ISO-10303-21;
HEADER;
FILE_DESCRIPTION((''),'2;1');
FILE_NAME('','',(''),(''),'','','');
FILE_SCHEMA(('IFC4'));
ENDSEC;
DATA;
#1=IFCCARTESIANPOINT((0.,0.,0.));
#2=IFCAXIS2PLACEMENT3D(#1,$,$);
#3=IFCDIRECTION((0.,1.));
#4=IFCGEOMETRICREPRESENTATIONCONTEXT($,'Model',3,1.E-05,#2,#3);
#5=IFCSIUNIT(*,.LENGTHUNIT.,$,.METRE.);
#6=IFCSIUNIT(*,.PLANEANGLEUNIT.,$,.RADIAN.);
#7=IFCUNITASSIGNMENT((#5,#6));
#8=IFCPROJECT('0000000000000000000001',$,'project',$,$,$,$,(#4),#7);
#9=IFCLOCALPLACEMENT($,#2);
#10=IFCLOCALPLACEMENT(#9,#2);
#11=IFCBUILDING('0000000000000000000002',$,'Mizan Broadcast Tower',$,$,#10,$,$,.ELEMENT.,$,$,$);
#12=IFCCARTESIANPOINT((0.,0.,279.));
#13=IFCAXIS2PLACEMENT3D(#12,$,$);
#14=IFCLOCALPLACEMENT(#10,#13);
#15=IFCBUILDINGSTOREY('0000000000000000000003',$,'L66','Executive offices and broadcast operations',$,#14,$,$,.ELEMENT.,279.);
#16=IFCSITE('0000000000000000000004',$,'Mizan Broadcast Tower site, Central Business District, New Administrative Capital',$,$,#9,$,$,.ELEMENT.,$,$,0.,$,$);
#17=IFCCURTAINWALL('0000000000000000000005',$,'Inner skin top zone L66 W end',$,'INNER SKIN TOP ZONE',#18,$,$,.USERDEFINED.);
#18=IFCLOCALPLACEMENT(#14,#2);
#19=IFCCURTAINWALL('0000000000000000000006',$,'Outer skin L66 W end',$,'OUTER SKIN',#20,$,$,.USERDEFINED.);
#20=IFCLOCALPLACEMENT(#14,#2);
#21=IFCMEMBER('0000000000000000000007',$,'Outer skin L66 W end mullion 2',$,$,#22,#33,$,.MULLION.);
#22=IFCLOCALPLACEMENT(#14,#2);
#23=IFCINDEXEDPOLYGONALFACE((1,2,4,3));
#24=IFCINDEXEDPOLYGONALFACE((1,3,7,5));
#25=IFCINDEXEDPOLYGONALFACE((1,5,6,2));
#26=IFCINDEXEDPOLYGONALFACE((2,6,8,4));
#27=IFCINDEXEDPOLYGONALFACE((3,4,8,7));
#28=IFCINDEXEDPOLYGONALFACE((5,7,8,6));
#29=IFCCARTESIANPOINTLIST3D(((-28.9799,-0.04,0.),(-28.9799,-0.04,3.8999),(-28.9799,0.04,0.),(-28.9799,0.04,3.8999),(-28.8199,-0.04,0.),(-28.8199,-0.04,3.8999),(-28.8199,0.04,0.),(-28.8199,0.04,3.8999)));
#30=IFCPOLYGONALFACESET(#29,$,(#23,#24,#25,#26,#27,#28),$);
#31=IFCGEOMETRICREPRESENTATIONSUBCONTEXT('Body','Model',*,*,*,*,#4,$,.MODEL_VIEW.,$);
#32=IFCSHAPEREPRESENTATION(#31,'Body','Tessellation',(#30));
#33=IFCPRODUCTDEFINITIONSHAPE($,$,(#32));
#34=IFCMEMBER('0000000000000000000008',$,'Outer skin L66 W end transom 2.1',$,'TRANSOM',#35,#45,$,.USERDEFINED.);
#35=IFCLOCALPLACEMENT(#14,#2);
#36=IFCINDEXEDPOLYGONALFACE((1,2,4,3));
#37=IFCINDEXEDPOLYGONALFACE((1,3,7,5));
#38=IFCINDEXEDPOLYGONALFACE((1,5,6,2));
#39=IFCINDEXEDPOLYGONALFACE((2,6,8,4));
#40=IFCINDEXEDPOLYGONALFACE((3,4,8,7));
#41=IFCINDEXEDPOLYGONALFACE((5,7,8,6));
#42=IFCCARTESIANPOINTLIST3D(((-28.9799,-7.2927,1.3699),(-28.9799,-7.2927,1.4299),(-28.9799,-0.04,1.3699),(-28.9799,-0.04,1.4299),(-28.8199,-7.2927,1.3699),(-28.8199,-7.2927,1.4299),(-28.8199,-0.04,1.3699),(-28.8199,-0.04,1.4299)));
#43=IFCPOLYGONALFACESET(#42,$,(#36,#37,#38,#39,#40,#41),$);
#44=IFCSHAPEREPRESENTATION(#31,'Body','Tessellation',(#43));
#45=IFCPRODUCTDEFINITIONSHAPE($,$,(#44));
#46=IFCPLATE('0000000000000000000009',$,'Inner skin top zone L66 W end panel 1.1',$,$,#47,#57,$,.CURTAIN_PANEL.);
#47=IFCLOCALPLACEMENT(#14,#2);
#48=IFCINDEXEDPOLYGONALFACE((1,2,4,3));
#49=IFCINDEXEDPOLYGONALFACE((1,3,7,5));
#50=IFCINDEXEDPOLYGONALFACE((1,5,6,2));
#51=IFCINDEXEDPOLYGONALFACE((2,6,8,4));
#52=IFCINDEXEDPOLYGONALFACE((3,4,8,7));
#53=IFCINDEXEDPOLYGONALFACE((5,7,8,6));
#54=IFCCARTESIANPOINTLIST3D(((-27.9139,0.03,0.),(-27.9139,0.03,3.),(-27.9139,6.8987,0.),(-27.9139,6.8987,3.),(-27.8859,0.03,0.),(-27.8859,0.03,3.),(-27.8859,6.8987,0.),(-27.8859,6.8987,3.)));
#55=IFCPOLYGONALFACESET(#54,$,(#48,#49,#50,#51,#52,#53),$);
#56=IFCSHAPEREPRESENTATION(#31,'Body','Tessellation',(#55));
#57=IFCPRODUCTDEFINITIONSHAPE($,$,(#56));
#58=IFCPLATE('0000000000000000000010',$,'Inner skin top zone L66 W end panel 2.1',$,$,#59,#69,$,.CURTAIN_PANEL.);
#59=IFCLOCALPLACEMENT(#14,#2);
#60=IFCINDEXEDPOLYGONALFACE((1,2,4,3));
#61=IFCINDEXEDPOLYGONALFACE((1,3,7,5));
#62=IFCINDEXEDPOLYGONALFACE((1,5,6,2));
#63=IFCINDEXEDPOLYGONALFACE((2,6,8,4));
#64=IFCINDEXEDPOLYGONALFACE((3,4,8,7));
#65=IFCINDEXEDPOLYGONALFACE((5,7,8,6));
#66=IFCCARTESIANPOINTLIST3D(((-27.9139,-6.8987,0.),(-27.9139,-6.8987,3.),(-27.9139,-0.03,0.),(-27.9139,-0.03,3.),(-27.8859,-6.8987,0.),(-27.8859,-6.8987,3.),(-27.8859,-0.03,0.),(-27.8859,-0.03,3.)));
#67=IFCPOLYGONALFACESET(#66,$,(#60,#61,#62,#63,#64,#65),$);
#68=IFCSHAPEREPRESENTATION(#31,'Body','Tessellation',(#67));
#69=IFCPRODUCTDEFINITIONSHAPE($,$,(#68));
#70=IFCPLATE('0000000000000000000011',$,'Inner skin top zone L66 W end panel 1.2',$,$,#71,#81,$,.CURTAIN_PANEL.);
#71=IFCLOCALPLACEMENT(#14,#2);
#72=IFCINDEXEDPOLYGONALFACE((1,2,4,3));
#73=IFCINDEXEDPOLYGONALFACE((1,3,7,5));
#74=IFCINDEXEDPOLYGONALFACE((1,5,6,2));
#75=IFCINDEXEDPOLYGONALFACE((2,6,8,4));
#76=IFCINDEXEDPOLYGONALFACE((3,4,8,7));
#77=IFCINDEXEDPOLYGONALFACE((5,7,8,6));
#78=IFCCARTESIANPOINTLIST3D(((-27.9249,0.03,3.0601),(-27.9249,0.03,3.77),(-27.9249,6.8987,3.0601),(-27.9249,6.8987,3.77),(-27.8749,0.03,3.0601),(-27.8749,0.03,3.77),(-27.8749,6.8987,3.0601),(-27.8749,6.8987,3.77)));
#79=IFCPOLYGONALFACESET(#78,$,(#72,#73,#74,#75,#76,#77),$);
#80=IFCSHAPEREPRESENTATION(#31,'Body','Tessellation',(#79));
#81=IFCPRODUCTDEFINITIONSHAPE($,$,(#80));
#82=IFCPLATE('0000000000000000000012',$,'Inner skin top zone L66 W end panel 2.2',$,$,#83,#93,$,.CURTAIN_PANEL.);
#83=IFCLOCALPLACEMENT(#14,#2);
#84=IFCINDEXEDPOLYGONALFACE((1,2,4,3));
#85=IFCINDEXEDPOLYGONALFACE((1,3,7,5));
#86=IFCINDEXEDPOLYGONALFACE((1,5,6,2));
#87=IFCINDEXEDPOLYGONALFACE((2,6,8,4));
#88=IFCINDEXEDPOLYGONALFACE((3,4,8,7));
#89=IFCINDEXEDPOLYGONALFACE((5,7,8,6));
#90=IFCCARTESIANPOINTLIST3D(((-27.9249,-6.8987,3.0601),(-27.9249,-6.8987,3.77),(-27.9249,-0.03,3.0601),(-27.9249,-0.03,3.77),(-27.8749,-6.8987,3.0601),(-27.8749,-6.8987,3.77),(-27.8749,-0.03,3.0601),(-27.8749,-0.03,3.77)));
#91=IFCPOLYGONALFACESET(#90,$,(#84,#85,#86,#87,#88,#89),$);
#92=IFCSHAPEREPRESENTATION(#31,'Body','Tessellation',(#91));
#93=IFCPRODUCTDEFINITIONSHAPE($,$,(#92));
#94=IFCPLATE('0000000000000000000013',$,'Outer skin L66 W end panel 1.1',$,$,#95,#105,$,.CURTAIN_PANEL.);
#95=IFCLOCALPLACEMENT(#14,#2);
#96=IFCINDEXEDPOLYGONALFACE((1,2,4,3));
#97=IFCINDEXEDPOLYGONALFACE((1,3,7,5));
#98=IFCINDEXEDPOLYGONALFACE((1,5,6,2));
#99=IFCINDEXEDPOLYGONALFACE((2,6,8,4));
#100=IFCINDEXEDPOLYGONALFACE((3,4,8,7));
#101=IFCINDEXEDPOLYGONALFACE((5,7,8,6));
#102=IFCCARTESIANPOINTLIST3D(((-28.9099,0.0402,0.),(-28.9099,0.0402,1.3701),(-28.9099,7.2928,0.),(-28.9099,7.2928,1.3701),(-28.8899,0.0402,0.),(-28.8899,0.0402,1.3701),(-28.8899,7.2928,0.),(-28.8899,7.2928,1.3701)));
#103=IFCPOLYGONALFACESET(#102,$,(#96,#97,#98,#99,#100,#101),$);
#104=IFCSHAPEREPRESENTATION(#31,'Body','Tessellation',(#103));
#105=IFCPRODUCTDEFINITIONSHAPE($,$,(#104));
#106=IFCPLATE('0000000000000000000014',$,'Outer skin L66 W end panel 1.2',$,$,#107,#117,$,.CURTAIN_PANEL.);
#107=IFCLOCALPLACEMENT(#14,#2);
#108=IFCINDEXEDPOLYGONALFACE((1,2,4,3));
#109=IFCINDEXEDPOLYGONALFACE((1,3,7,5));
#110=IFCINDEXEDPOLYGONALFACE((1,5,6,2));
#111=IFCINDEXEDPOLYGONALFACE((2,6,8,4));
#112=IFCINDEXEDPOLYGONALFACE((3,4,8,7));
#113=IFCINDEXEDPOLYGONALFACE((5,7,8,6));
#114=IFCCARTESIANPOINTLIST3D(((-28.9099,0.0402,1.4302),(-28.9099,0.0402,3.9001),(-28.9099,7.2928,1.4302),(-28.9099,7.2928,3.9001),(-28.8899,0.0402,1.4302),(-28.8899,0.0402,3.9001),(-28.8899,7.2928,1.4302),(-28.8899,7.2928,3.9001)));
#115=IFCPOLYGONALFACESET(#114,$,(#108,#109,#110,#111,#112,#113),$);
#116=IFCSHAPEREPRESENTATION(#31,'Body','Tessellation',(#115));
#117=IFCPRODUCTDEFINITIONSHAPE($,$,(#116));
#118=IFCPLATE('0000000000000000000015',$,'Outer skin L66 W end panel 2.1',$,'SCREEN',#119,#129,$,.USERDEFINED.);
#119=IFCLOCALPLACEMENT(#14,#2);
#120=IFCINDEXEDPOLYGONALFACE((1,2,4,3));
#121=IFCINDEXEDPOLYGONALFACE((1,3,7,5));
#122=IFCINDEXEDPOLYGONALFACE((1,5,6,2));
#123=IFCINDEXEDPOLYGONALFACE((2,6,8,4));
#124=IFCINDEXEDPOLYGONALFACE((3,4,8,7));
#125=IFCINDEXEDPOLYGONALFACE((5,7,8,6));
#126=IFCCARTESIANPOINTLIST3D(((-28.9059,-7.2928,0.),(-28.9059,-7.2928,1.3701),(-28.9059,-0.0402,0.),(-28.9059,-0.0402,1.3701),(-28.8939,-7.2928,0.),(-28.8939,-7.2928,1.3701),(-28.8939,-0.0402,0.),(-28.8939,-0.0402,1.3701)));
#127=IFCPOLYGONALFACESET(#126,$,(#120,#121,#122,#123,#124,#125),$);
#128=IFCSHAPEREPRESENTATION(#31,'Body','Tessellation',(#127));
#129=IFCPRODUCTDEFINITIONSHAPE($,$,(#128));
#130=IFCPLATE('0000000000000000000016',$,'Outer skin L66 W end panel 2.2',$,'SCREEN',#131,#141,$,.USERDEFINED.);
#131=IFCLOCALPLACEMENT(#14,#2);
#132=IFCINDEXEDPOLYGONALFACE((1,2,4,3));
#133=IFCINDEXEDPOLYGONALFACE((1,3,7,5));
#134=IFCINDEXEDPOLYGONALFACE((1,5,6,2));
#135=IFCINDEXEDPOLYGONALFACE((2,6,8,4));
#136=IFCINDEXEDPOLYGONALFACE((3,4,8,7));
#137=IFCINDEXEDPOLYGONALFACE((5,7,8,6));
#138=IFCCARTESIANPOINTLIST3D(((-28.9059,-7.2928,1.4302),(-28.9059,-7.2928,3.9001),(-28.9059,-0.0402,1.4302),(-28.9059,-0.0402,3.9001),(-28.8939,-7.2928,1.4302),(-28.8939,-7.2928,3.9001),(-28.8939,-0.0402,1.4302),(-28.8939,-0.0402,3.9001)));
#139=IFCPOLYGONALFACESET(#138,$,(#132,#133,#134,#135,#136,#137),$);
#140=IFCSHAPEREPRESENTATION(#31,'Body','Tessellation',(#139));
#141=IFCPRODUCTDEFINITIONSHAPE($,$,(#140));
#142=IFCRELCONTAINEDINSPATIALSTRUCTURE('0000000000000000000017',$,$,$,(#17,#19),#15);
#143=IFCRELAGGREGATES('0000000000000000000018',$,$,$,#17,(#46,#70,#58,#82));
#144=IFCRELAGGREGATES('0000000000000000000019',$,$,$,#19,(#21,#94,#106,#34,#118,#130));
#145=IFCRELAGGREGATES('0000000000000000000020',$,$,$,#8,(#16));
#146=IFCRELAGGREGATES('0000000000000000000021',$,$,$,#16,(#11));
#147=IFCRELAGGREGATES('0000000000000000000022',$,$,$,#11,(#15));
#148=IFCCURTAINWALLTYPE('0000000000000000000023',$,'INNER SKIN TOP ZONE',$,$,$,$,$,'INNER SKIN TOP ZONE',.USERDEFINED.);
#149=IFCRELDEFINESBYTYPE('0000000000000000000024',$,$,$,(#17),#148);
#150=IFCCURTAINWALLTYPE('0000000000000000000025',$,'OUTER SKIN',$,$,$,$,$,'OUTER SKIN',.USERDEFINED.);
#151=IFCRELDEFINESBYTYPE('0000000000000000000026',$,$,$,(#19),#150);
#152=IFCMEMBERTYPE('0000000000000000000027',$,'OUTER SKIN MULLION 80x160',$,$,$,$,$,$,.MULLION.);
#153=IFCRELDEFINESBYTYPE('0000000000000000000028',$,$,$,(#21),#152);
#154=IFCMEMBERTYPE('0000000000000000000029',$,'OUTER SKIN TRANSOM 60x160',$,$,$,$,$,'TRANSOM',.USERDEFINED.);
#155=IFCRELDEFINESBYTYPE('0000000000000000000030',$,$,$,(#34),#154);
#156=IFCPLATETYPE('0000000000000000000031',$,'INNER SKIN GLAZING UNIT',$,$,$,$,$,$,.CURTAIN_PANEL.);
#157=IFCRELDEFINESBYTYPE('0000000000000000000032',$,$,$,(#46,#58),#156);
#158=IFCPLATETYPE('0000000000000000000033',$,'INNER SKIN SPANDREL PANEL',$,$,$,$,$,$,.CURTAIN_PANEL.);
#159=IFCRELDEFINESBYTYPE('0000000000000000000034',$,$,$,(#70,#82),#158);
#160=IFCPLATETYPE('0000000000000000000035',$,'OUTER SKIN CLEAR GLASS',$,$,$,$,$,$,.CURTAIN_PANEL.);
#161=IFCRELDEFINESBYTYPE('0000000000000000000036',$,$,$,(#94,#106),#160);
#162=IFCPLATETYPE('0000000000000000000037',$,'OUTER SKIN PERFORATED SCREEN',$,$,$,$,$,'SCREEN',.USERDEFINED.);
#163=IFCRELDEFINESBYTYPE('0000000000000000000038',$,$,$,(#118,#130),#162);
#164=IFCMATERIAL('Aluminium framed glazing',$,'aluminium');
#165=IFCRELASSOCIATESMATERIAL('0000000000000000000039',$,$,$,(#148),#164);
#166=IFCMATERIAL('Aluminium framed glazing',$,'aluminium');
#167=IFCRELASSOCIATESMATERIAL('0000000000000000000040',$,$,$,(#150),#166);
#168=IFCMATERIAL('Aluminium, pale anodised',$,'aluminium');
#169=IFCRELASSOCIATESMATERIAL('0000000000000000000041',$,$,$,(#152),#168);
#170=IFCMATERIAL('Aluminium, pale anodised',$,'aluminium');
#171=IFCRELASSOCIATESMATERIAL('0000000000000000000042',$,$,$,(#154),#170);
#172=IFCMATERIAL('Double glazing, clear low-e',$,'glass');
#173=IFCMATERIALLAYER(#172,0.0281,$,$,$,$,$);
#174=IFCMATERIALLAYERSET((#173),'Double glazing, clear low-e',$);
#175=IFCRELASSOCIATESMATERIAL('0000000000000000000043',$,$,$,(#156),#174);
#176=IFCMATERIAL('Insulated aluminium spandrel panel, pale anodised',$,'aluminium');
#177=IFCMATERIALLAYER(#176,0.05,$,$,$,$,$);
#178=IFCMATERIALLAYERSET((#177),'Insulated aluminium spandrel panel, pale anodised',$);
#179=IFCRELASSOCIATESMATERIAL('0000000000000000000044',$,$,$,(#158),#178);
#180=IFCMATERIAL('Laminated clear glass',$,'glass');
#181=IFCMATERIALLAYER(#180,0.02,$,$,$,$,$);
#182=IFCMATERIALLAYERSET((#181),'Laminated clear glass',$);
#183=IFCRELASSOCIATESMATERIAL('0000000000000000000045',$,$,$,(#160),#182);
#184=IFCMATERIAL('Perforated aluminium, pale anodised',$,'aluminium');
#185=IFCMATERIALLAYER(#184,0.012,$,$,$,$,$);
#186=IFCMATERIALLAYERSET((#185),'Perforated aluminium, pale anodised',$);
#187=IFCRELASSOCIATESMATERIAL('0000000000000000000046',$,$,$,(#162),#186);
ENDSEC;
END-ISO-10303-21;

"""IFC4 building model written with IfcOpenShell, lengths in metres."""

from ifc_helpers import new_model, si_unit, direction, frame, origin, origin_2d, place, context, subcontext, project, spatial, rectangle, extrude, material, layer, layer_set, material_profile, profile_set, type_object, element, aggregate, save


model = new_model("IFC4")

# Units and contexts
model_context = context("Model", 3, precision=1e-05, world=origin(), true_north=direction((0.0, 1.0)))
body_context = subcontext(model_context, "Body", "Model", "MODEL_VIEW")
ifc_project = project(units=[si_unit("LENGTHUNIT", "METRE"), si_unit("PLANEANGLEUNIT", "RADIAN")], contexts=[model_context])

# Site, building, storey
site_placement = place(None, origin())
site = spatial("IfcSite", under=ifc_project, at=site_placement, Name="Mizan Broadcast Tower site, Central Business District, New Administrative Capital", CompositionType="ELEMENT", RefElevation=0.0)
building_placement = place(site_placement, origin())
building = spatial("IfcBuilding", under=site, at=building_placement, Name="Mizan Broadcast Tower", CompositionType="ELEMENT")
storey_placement = place(building_placement, frame((0.0, 0.0, 279.0)))
storey = spatial("IfcBuildingStorey", under=building, at=storey_placement, Name="L66", Description="Executive offices and broadcast operations", CompositionType="ELEMENT", Elevation=279.0)

# Shared definitions
ifc_material_1 = material(Name="Aluminium framed glazing", Category="aluminium")
curtain_wall_type_1 = type_object("IfcCurtainWallType", Name="INNER SKIN TOP ZONE", ElementType="INNER SKIN TOP ZONE", PredefinedType="USERDEFINED", material=ifc_material_1)

# Curtain wall
curtain_wall_1_placement = place(storey_placement, origin())
curtain_wall_1 = element("IfcCurtainWall", 1, at=curtain_wall_1_placement, inside=storey, type_object=curtain_wall_type_1, Name="Inner skin top zone L66 W end", ObjectType="INNER SKIN TOP ZONE", PredefinedType="USERDEFINED")

# Curtain wall, members
ifc_material_2 = material(Name="Aluminium framed glazing", Category="aluminium")
curtain_wall_type_2 = type_object("IfcCurtainWallType", Name="OUTER SKIN", ElementType="OUTER SKIN", PredefinedType="USERDEFINED", material=ifc_material_2)
curtain_wall_2_placement = place(storey_placement, origin())
curtain_wall_2 = element("IfcCurtainWall", 2, at=curtain_wall_2_placement, inside=storey, type_object=curtain_wall_type_2, Name="Outer skin L66 W end", ObjectType="OUTER SKIN", PredefinedType="USERDEFINED")
ifc_material_3 = material(Name="Aluminium, pale anodised", Category="aluminium")
ifc_material_profile_1 = material_profile(ifc_material_3, rectangle(XDim=0.1599, YDim=0.0801, at=origin_2d()), Name="MULLION 160x80")
ifc_profile_set_1 = profile_set([ifc_material_profile_1], Name="Aluminium, pale anodised")
member_type_1 = type_object("IfcMemberType", Name="OUTER SKIN MULLION 80x160", PredefinedType="MULLION", material=ifc_profile_set_1)
member_1_placement = place(storey_placement, frame((-28.8999, 0.0, 0.0), z_axis=(0.0, 0.0, 1.0), x_axis=(1.0, 0.0, 0.0)))
member_1 = element("IfcMember", 3, at=member_1_placement, type_object=member_type_1, Name="Outer skin L66 W end mullion 2", PredefinedType="MULLION", context=body_context, shape_type="SweptSolid", body=[
    extrude(rectangle(XDim=0.1599, YDim=0.0801, at=origin_2d()), origin(), (0.0, 0.0, 1.0), 3.8999),
])
ifc_material_4 = material(Name="Aluminium, pale anodised", Category="aluminium")
ifc_material_profile_2 = material_profile(ifc_material_4, rectangle(XDim=0.1599, YDim=0.0601, at=origin_2d()), Name="TRANSOM 160x60")
ifc_profile_set_2 = profile_set([ifc_material_profile_2], Name="Aluminium, pale anodised")
member_type_2 = type_object("IfcMemberType", Name="OUTER SKIN TRANSOM 60x160", ElementType="TRANSOM", PredefinedType="USERDEFINED", material=ifc_profile_set_2)
member_2_placement = place(storey_placement, frame((-28.8999, -0.04, 1.3999), z_axis=(0.0, -1.0, 0.0), x_axis=(1.0, 0.0, 0.0)))
member_2 = element("IfcMember", 4, at=member_2_placement, type_object=member_type_2, Name="Outer skin L66 W end transom 2.1", ObjectType="TRANSOM", PredefinedType="USERDEFINED", context=body_context, shape_type="SweptSolid", body=[
    extrude(rectangle(XDim=0.1599, YDim=0.0601, at=origin_2d()), origin(), (0.0, 0.0, 1.0), 7.2527),
])

# Plates
ifc_material_5 = material(Name="Double glazing, clear low-e", Category="glass")
ifc_layer_1 = layer(ifc_material_5, 0.0281)
ifc_layer_set_1 = layer_set([ifc_layer_1], Name="Double glazing, clear low-e")
plate_type_1 = type_object("IfcPlateType", Name="INNER SKIN GLAZING UNIT", PredefinedType="CURTAIN_PANEL", material=ifc_layer_set_1)
plate_1_placement = place(storey_placement, frame((-27.8999, 3.4644, 0.0), z_axis=(0.0, 0.0, 1.0), x_axis=(0.0, -1.0, 0.0)))
plate_1 = element("IfcPlate", 5, at=plate_1_placement, type_object=plate_type_1, Name="Inner skin top zone L66 W end panel 1.1", PredefinedType="CURTAIN_PANEL", context=body_context, shape_type="SweptSolid", body=[
    extrude(rectangle(XDim=6.8687, YDim=0.0281, at=origin_2d()), origin(), (0.0, 0.0, 1.0), 3.0),
])
plate_2_placement = place(storey_placement, frame((-27.8999, -3.4644, 0.0), z_axis=(0.0, 0.0, 1.0), x_axis=(0.0, -1.0, 0.0)))
plate_2 = element("IfcPlate", 6, at=plate_2_placement, type_object=plate_type_1, Name="Inner skin top zone L66 W end panel 2.1", PredefinedType="CURTAIN_PANEL", context=body_context, shape_type="SweptSolid", body=[
    extrude(rectangle(XDim=6.8687, YDim=0.0281, at=origin_2d()), origin(), (0.0, 0.0, 1.0), 3.0),
])
ifc_material_6 = material(Name="Insulated aluminium spandrel panel, pale anodised", Category="aluminium")
ifc_layer_2 = layer(ifc_material_6, 0.05)
ifc_layer_set_2 = layer_set([ifc_layer_2], Name="Insulated aluminium spandrel panel, pale anodised")
plate_type_2 = type_object("IfcPlateType", Name="INNER SKIN SPANDREL PANEL", PredefinedType="CURTAIN_PANEL", material=ifc_layer_set_2)
plate_3_placement = place(storey_placement, frame((-27.8999, 3.4644, 3.0601), z_axis=(0.0, 0.0, 1.0), x_axis=(0.0, -1.0, 0.0)))
plate_3 = element("IfcPlate", 7, at=plate_3_placement, type_object=plate_type_2, Name="Inner skin top zone L66 W end panel 1.2", PredefinedType="CURTAIN_PANEL", context=body_context, shape_type="SweptSolid", body=[
    extrude(rectangle(XDim=6.8687, YDim=0.05, at=origin_2d()), origin(), (0.0, 0.0, 1.0), 0.71),
])
plate_4_placement = place(storey_placement, frame((-27.8999, -3.4644, 3.0601), z_axis=(0.0, 0.0, 1.0), x_axis=(0.0, -1.0, 0.0)))
plate_4 = element("IfcPlate", 8, at=plate_4_placement, type_object=plate_type_2, Name="Inner skin top zone L66 W end panel 2.2", PredefinedType="CURTAIN_PANEL", context=body_context, shape_type="SweptSolid", body=[
    extrude(rectangle(XDim=6.8687, YDim=0.05, at=origin_2d()), origin(), (0.0, 0.0, 1.0), 0.71),
])
aggregate(curtain_wall_1, [plate_1, plate_3, plate_2, plate_4])
ifc_material_7 = material(Name="Laminated clear glass", Category="glass")
ifc_layer_3 = layer(ifc_material_7, 0.02)
ifc_layer_set_3 = layer_set([ifc_layer_3], Name="Laminated clear glass")
plate_type_3 = type_object("IfcPlateType", Name="OUTER SKIN CLEAR GLASS", PredefinedType="CURTAIN_PANEL", material=ifc_layer_set_3)
plate_5_placement = place(storey_placement, frame((-28.8999, 3.6665, 0.0), z_axis=(0.0, 0.0, 1.0), x_axis=(0.0, -1.0, 0.0)))
plate_5 = element("IfcPlate", 9, at=plate_5_placement, type_object=plate_type_3, Name="Outer skin L66 W end panel 1.1", PredefinedType="CURTAIN_PANEL", context=body_context, shape_type="SweptSolid", body=[
    extrude(rectangle(XDim=7.2527, YDim=0.02, at=origin_2d()), origin(), (0.0, 0.0, 1.0), 1.3701),
])
plate_6_placement = place(storey_placement, frame((-28.8999, 3.6665, 1.4302), z_axis=(0.0, 0.0, 1.0), x_axis=(0.0, -1.0, 0.0)))
plate_6 = element("IfcPlate", 10, at=plate_6_placement, type_object=plate_type_3, Name="Outer skin L66 W end panel 1.2", PredefinedType="CURTAIN_PANEL", context=body_context, shape_type="SweptSolid", body=[
    extrude(rectangle(XDim=7.2527, YDim=0.02, at=origin_2d()), origin(), (0.0, 0.0, 1.0), 2.47),
])
ifc_material_8 = material(Name="Perforated aluminium, pale anodised", Category="aluminium")
ifc_layer_4 = layer(ifc_material_8, 0.012)
ifc_layer_set_4 = layer_set([ifc_layer_4], Name="Perforated aluminium, pale anodised")
plate_type_4 = type_object("IfcPlateType", Name="OUTER SKIN PERFORATED SCREEN", ElementType="SCREEN", PredefinedType="USERDEFINED", material=ifc_layer_set_4)
plate_7_placement = place(storey_placement, frame((-28.8999, -3.6665, 0.0), z_axis=(0.0, 0.0, 1.0), x_axis=(0.0, -1.0, 0.0)))
plate_7 = element("IfcPlate", 11, at=plate_7_placement, type_object=plate_type_4, Name="Outer skin L66 W end panel 2.1", ObjectType="SCREEN", PredefinedType="USERDEFINED", context=body_context, shape_type="SweptSolid", body=[
    extrude(rectangle(XDim=7.2527, YDim=0.012, at=origin_2d()), origin(), (0.0, 0.0, 1.0), 1.3701),
])
plate_8_placement = place(storey_placement, frame((-28.8999, -3.6665, 1.4302), z_axis=(0.0, 0.0, 1.0), x_axis=(0.0, -1.0, 0.0)))
plate_8 = element("IfcPlate", 12, at=plate_8_placement, type_object=plate_type_4, Name="Outer skin L66 W end panel 2.2", ObjectType="SCREEN", PredefinedType="USERDEFINED", context=body_context, shape_type="SweptSolid", body=[
    extrude(rectangle(XDim=7.2527, YDim=0.012, at=origin_2d()), origin(), (0.0, 0.0, 1.0), 2.47),
])
aggregate(curtain_wall_2, [member_1, plate_5, plate_6, member_2, plate_7, plate_8])

save(model, "model.ifc")
